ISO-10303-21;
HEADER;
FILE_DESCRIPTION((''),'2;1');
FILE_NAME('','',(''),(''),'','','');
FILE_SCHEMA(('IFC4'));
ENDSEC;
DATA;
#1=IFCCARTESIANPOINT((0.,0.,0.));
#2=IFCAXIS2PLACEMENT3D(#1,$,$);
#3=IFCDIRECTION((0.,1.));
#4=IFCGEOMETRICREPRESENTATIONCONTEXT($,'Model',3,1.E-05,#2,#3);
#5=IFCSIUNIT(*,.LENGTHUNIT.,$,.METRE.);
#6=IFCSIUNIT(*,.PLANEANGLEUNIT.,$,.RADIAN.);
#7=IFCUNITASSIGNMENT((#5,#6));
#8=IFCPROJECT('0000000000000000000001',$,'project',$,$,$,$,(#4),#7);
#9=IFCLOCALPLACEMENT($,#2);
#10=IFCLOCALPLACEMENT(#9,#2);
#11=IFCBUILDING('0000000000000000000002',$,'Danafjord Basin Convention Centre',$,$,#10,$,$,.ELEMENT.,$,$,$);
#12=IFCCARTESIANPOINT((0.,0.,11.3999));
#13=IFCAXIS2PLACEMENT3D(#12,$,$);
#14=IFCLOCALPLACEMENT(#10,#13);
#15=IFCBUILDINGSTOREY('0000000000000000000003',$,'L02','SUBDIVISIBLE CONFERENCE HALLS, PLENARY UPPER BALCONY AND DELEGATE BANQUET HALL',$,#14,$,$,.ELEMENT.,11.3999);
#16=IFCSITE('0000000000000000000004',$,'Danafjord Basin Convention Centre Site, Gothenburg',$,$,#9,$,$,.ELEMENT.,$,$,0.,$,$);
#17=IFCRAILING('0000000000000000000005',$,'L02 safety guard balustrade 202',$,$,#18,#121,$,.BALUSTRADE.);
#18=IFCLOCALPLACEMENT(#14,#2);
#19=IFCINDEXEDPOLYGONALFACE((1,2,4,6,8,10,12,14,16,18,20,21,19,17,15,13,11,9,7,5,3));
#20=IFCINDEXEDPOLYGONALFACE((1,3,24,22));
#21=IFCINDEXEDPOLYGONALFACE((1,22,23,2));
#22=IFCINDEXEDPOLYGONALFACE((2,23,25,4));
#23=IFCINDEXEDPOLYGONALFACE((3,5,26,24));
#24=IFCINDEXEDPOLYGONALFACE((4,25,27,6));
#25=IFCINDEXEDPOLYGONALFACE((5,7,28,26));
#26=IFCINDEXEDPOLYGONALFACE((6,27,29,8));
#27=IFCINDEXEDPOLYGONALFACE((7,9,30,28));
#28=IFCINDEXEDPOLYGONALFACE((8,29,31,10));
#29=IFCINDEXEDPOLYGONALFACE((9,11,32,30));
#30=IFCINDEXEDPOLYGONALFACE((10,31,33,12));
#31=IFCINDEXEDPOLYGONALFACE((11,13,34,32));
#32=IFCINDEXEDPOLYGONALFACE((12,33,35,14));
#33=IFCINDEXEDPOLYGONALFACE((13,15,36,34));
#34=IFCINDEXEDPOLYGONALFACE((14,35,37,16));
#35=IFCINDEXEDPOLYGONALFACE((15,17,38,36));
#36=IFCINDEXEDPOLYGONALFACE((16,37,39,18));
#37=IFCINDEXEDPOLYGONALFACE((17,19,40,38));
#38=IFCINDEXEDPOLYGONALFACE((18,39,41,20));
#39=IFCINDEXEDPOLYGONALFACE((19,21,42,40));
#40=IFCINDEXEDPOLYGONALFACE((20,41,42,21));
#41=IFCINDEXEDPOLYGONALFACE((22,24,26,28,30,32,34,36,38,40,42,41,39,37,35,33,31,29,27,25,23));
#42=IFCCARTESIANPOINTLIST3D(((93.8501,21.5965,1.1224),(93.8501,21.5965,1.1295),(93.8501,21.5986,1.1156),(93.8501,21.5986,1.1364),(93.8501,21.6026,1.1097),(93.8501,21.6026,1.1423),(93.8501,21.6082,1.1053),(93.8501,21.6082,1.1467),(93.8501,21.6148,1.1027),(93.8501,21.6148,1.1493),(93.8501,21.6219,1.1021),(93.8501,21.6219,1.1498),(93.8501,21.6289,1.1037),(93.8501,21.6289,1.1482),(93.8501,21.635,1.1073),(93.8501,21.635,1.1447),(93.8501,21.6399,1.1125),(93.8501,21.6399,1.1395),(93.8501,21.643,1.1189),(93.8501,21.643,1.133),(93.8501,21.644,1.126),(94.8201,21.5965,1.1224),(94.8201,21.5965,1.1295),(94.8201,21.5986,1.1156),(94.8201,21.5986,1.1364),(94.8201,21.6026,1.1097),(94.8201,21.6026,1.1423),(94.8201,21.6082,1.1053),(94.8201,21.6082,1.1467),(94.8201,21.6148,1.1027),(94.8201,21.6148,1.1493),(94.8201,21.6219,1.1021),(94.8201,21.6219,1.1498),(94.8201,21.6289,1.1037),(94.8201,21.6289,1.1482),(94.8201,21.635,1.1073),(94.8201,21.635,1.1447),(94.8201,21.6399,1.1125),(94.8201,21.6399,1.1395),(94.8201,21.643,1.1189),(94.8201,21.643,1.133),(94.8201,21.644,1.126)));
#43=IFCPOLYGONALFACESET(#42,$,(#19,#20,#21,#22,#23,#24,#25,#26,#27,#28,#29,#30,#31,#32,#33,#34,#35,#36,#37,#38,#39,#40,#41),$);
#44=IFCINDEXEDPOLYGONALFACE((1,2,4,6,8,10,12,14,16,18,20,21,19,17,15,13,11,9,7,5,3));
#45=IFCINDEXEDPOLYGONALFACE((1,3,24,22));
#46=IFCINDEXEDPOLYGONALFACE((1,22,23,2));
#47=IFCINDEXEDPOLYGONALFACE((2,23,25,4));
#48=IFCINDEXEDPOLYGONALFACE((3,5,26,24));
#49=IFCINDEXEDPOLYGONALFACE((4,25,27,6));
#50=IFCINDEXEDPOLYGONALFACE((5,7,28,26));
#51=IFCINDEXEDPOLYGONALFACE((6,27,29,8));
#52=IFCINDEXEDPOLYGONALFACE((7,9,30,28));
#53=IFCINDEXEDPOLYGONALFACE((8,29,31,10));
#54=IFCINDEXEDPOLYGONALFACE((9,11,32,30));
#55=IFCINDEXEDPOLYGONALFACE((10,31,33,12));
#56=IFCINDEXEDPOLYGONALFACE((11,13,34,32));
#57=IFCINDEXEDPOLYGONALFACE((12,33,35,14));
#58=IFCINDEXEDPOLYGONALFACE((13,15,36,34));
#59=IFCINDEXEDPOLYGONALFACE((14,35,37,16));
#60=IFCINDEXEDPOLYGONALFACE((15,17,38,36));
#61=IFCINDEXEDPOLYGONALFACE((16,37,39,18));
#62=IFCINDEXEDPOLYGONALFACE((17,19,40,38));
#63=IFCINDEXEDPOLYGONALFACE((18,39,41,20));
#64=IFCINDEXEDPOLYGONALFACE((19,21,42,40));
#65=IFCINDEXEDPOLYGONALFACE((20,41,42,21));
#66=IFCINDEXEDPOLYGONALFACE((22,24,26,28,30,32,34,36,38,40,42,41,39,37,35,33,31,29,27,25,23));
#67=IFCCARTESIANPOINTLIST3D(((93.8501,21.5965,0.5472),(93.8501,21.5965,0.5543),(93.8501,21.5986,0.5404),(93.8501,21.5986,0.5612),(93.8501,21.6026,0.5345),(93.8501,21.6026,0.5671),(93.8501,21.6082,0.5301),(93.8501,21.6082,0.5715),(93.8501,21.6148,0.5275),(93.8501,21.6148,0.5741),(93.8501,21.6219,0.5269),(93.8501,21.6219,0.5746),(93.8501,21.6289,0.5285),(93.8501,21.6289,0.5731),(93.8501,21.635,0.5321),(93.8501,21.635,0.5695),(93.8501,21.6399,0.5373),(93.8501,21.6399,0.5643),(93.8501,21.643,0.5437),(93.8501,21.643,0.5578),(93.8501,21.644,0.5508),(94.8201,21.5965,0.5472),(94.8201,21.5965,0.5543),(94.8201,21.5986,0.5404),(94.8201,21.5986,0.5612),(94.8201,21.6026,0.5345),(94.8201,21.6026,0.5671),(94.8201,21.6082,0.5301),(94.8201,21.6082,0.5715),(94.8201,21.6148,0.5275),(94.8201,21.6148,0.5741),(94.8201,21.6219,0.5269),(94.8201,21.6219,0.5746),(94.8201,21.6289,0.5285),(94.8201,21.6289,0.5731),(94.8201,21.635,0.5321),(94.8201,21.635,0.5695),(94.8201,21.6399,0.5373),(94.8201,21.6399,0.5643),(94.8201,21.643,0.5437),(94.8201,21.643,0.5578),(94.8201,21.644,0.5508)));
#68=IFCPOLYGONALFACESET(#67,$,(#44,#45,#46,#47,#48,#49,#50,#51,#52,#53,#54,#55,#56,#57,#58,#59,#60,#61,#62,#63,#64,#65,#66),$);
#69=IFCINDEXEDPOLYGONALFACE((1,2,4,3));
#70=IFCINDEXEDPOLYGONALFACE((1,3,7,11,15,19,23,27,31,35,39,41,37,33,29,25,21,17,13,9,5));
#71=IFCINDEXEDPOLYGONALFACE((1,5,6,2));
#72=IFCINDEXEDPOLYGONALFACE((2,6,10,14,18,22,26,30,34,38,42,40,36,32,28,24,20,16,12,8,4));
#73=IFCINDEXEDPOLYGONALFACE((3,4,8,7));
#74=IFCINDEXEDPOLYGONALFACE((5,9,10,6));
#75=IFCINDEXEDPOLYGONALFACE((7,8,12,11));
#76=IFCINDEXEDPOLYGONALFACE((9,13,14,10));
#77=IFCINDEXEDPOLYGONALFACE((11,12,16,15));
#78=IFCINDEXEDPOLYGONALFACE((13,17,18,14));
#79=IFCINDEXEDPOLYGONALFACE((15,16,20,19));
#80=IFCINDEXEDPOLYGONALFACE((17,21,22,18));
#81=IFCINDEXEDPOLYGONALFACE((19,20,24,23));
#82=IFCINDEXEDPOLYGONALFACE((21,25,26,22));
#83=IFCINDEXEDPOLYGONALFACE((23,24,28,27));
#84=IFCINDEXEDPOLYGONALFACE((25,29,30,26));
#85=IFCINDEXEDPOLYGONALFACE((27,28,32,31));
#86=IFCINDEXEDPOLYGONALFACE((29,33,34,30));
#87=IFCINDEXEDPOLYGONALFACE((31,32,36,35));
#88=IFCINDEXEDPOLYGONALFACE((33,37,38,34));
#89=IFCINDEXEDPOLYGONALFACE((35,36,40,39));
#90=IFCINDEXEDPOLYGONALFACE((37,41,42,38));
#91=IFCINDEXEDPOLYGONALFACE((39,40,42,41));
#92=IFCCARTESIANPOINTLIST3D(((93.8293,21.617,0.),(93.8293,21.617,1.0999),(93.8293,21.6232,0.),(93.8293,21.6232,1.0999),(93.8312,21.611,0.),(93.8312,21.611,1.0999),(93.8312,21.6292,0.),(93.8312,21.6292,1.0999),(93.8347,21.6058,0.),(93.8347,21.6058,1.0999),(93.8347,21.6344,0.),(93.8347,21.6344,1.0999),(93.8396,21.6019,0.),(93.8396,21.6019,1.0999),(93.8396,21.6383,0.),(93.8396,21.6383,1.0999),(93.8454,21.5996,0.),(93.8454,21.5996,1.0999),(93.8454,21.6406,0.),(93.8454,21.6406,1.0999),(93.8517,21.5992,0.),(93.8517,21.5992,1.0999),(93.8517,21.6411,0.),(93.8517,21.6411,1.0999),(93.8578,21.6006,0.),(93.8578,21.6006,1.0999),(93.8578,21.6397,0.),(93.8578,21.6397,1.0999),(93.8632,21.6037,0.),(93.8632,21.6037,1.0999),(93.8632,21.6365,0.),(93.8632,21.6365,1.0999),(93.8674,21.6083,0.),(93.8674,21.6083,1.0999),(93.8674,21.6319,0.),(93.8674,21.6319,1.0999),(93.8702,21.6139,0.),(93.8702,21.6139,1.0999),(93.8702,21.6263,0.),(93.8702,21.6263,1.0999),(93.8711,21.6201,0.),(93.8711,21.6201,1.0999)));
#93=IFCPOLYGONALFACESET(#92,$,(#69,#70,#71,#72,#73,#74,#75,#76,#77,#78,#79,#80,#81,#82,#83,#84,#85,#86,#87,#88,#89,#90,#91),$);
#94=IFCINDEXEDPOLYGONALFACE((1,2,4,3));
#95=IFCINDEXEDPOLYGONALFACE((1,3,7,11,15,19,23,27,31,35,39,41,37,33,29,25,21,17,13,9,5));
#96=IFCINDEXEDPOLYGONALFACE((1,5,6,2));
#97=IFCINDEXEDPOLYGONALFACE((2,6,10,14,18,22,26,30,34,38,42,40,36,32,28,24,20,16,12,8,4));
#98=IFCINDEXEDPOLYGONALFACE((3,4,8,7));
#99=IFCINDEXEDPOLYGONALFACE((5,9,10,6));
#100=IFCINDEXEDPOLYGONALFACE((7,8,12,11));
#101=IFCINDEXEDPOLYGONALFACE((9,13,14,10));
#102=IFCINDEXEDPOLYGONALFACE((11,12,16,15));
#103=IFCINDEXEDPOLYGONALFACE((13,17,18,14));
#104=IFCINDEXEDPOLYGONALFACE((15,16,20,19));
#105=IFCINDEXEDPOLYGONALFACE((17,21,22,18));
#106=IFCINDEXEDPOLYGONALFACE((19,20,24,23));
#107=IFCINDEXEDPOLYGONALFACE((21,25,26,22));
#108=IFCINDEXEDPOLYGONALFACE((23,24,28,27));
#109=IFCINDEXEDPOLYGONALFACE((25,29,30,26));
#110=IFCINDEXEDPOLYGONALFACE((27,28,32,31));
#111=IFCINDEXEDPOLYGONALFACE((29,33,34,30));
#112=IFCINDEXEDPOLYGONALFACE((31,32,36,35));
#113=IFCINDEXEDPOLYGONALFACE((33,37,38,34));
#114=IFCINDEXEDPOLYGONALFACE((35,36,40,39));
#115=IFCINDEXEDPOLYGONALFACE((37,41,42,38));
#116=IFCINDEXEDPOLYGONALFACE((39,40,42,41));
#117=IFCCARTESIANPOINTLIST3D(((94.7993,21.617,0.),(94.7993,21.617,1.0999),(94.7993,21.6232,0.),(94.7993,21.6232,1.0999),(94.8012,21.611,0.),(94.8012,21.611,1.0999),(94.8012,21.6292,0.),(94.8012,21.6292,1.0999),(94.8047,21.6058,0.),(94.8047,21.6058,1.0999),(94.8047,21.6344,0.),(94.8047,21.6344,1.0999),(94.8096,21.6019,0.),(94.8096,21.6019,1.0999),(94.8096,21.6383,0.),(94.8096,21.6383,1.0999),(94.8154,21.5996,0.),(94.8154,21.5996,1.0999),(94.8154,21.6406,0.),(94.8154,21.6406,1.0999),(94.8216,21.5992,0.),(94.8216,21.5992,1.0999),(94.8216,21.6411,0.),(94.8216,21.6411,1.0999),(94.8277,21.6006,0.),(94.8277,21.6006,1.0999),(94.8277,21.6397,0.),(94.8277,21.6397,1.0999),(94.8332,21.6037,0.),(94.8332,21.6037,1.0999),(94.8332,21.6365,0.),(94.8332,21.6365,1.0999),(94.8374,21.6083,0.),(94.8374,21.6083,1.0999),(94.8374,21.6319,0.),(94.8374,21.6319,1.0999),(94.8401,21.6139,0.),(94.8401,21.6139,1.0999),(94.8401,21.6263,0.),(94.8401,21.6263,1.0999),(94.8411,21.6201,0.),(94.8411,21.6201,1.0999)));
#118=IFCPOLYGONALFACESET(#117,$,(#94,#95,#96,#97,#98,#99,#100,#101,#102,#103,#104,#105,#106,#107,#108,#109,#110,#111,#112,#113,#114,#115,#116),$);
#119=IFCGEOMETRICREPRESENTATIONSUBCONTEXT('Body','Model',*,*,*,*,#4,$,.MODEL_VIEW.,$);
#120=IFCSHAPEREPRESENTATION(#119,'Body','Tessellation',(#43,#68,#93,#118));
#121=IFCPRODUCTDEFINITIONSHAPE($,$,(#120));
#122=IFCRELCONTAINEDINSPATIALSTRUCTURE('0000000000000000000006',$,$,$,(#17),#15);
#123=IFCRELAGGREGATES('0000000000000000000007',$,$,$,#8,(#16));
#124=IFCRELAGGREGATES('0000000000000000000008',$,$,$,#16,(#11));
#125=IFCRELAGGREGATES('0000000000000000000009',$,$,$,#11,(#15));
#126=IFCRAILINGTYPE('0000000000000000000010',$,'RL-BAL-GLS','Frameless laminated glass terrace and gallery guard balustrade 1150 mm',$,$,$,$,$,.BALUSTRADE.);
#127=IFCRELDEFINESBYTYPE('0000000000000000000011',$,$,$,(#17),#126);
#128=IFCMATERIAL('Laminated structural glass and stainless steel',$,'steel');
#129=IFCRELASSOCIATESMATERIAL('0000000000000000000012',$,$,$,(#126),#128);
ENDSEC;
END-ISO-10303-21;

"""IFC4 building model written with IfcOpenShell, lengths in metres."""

from ifc_helpers import new_model, si_unit, direction, frame, origin, origin_2d, place, context, subcontext, project, spatial, circle, extrude, material, type_object, element, save


model = new_model("IFC4")

# Units and contexts
model_context = context("Model", 3, precision=1e-05, world=origin(), true_north=direction((0.0, 1.0)))
body_context = subcontext(model_context, "Body", "Model", "MODEL_VIEW")
ifc_project = project(units=[si_unit("LENGTHUNIT", "METRE"), si_unit("PLANEANGLEUNIT", "RADIAN")], contexts=[model_context])

# Site, building, storey
site_placement = place(None, origin())
site = spatial("IfcSite", under=ifc_project, at=site_placement, Name="Danafjord Basin Convention Centre Site, Gothenburg", CompositionType="ELEMENT", RefElevation=0.0)
building_placement = place(site_placement, origin())
building = spatial("IfcBuilding", under=site, at=building_placement, Name="Danafjord Basin Convention Centre", CompositionType="ELEMENT")
storey_placement = place(building_placement, frame((0.0, 0.0, 11.3999)))
storey = spatial("IfcBuildingStorey", under=building, at=storey_placement, Name="L02", Description="SUBDIVISIBLE CONFERENCE HALLS, PLENARY UPPER BALCONY AND DELEGATE BANQUET HALL", CompositionType="ELEMENT", Elevation=11.3999)

# Railing
ifc_material_1 = material(Name="Laminated structural glass and stainless steel", Category="steel")
railing_type_1 = type_object("IfcRailingType", Name="RL-BAL-GLS", Description="Frameless laminated glass terrace and gallery guard balustrade 1150 mm", PredefinedType="BALUSTRADE", material=ifc_material_1)
railing_1_placement = place(storey_placement, frame((93.8501, 21.6201, 0.0)))
element("IfcRailing", 1, at=railing_1_placement, inside=storey, type_object=railing_type_1, Name="L02 safety guard balustrade 202", PredefinedType="BALUSTRADE", context=body_context, shape_type="SweptSolid", body=[
    extrude(circle(Radius=0.0239, at=origin_2d()), frame((0.0, 0.0, 1.126), z_axis=(1.0, 0.0, 0.0), x_axis=(0.0, 1.0, 0.0)), (0.0, 0.0, 1.0), 0.97),
    extrude(circle(Radius=0.0239, at=origin_2d()), frame((0.0, 0.0, 0.5508), z_axis=(1.0, 0.0, 0.0), x_axis=(0.0, 1.0, 0.0)), (0.0, 0.0, 1.0), 0.97),
    extrude(circle(Radius=0.021, at=origin_2d()), origin(), (0.0, 0.0, 1.0), 1.0999),
    extrude(circle(Radius=0.021, at=origin_2d()), frame((0.97, 0.0, 0.0)), (0.0, 0.0, 1.0), 1.0999),
])

save(model, "model.ifc")
